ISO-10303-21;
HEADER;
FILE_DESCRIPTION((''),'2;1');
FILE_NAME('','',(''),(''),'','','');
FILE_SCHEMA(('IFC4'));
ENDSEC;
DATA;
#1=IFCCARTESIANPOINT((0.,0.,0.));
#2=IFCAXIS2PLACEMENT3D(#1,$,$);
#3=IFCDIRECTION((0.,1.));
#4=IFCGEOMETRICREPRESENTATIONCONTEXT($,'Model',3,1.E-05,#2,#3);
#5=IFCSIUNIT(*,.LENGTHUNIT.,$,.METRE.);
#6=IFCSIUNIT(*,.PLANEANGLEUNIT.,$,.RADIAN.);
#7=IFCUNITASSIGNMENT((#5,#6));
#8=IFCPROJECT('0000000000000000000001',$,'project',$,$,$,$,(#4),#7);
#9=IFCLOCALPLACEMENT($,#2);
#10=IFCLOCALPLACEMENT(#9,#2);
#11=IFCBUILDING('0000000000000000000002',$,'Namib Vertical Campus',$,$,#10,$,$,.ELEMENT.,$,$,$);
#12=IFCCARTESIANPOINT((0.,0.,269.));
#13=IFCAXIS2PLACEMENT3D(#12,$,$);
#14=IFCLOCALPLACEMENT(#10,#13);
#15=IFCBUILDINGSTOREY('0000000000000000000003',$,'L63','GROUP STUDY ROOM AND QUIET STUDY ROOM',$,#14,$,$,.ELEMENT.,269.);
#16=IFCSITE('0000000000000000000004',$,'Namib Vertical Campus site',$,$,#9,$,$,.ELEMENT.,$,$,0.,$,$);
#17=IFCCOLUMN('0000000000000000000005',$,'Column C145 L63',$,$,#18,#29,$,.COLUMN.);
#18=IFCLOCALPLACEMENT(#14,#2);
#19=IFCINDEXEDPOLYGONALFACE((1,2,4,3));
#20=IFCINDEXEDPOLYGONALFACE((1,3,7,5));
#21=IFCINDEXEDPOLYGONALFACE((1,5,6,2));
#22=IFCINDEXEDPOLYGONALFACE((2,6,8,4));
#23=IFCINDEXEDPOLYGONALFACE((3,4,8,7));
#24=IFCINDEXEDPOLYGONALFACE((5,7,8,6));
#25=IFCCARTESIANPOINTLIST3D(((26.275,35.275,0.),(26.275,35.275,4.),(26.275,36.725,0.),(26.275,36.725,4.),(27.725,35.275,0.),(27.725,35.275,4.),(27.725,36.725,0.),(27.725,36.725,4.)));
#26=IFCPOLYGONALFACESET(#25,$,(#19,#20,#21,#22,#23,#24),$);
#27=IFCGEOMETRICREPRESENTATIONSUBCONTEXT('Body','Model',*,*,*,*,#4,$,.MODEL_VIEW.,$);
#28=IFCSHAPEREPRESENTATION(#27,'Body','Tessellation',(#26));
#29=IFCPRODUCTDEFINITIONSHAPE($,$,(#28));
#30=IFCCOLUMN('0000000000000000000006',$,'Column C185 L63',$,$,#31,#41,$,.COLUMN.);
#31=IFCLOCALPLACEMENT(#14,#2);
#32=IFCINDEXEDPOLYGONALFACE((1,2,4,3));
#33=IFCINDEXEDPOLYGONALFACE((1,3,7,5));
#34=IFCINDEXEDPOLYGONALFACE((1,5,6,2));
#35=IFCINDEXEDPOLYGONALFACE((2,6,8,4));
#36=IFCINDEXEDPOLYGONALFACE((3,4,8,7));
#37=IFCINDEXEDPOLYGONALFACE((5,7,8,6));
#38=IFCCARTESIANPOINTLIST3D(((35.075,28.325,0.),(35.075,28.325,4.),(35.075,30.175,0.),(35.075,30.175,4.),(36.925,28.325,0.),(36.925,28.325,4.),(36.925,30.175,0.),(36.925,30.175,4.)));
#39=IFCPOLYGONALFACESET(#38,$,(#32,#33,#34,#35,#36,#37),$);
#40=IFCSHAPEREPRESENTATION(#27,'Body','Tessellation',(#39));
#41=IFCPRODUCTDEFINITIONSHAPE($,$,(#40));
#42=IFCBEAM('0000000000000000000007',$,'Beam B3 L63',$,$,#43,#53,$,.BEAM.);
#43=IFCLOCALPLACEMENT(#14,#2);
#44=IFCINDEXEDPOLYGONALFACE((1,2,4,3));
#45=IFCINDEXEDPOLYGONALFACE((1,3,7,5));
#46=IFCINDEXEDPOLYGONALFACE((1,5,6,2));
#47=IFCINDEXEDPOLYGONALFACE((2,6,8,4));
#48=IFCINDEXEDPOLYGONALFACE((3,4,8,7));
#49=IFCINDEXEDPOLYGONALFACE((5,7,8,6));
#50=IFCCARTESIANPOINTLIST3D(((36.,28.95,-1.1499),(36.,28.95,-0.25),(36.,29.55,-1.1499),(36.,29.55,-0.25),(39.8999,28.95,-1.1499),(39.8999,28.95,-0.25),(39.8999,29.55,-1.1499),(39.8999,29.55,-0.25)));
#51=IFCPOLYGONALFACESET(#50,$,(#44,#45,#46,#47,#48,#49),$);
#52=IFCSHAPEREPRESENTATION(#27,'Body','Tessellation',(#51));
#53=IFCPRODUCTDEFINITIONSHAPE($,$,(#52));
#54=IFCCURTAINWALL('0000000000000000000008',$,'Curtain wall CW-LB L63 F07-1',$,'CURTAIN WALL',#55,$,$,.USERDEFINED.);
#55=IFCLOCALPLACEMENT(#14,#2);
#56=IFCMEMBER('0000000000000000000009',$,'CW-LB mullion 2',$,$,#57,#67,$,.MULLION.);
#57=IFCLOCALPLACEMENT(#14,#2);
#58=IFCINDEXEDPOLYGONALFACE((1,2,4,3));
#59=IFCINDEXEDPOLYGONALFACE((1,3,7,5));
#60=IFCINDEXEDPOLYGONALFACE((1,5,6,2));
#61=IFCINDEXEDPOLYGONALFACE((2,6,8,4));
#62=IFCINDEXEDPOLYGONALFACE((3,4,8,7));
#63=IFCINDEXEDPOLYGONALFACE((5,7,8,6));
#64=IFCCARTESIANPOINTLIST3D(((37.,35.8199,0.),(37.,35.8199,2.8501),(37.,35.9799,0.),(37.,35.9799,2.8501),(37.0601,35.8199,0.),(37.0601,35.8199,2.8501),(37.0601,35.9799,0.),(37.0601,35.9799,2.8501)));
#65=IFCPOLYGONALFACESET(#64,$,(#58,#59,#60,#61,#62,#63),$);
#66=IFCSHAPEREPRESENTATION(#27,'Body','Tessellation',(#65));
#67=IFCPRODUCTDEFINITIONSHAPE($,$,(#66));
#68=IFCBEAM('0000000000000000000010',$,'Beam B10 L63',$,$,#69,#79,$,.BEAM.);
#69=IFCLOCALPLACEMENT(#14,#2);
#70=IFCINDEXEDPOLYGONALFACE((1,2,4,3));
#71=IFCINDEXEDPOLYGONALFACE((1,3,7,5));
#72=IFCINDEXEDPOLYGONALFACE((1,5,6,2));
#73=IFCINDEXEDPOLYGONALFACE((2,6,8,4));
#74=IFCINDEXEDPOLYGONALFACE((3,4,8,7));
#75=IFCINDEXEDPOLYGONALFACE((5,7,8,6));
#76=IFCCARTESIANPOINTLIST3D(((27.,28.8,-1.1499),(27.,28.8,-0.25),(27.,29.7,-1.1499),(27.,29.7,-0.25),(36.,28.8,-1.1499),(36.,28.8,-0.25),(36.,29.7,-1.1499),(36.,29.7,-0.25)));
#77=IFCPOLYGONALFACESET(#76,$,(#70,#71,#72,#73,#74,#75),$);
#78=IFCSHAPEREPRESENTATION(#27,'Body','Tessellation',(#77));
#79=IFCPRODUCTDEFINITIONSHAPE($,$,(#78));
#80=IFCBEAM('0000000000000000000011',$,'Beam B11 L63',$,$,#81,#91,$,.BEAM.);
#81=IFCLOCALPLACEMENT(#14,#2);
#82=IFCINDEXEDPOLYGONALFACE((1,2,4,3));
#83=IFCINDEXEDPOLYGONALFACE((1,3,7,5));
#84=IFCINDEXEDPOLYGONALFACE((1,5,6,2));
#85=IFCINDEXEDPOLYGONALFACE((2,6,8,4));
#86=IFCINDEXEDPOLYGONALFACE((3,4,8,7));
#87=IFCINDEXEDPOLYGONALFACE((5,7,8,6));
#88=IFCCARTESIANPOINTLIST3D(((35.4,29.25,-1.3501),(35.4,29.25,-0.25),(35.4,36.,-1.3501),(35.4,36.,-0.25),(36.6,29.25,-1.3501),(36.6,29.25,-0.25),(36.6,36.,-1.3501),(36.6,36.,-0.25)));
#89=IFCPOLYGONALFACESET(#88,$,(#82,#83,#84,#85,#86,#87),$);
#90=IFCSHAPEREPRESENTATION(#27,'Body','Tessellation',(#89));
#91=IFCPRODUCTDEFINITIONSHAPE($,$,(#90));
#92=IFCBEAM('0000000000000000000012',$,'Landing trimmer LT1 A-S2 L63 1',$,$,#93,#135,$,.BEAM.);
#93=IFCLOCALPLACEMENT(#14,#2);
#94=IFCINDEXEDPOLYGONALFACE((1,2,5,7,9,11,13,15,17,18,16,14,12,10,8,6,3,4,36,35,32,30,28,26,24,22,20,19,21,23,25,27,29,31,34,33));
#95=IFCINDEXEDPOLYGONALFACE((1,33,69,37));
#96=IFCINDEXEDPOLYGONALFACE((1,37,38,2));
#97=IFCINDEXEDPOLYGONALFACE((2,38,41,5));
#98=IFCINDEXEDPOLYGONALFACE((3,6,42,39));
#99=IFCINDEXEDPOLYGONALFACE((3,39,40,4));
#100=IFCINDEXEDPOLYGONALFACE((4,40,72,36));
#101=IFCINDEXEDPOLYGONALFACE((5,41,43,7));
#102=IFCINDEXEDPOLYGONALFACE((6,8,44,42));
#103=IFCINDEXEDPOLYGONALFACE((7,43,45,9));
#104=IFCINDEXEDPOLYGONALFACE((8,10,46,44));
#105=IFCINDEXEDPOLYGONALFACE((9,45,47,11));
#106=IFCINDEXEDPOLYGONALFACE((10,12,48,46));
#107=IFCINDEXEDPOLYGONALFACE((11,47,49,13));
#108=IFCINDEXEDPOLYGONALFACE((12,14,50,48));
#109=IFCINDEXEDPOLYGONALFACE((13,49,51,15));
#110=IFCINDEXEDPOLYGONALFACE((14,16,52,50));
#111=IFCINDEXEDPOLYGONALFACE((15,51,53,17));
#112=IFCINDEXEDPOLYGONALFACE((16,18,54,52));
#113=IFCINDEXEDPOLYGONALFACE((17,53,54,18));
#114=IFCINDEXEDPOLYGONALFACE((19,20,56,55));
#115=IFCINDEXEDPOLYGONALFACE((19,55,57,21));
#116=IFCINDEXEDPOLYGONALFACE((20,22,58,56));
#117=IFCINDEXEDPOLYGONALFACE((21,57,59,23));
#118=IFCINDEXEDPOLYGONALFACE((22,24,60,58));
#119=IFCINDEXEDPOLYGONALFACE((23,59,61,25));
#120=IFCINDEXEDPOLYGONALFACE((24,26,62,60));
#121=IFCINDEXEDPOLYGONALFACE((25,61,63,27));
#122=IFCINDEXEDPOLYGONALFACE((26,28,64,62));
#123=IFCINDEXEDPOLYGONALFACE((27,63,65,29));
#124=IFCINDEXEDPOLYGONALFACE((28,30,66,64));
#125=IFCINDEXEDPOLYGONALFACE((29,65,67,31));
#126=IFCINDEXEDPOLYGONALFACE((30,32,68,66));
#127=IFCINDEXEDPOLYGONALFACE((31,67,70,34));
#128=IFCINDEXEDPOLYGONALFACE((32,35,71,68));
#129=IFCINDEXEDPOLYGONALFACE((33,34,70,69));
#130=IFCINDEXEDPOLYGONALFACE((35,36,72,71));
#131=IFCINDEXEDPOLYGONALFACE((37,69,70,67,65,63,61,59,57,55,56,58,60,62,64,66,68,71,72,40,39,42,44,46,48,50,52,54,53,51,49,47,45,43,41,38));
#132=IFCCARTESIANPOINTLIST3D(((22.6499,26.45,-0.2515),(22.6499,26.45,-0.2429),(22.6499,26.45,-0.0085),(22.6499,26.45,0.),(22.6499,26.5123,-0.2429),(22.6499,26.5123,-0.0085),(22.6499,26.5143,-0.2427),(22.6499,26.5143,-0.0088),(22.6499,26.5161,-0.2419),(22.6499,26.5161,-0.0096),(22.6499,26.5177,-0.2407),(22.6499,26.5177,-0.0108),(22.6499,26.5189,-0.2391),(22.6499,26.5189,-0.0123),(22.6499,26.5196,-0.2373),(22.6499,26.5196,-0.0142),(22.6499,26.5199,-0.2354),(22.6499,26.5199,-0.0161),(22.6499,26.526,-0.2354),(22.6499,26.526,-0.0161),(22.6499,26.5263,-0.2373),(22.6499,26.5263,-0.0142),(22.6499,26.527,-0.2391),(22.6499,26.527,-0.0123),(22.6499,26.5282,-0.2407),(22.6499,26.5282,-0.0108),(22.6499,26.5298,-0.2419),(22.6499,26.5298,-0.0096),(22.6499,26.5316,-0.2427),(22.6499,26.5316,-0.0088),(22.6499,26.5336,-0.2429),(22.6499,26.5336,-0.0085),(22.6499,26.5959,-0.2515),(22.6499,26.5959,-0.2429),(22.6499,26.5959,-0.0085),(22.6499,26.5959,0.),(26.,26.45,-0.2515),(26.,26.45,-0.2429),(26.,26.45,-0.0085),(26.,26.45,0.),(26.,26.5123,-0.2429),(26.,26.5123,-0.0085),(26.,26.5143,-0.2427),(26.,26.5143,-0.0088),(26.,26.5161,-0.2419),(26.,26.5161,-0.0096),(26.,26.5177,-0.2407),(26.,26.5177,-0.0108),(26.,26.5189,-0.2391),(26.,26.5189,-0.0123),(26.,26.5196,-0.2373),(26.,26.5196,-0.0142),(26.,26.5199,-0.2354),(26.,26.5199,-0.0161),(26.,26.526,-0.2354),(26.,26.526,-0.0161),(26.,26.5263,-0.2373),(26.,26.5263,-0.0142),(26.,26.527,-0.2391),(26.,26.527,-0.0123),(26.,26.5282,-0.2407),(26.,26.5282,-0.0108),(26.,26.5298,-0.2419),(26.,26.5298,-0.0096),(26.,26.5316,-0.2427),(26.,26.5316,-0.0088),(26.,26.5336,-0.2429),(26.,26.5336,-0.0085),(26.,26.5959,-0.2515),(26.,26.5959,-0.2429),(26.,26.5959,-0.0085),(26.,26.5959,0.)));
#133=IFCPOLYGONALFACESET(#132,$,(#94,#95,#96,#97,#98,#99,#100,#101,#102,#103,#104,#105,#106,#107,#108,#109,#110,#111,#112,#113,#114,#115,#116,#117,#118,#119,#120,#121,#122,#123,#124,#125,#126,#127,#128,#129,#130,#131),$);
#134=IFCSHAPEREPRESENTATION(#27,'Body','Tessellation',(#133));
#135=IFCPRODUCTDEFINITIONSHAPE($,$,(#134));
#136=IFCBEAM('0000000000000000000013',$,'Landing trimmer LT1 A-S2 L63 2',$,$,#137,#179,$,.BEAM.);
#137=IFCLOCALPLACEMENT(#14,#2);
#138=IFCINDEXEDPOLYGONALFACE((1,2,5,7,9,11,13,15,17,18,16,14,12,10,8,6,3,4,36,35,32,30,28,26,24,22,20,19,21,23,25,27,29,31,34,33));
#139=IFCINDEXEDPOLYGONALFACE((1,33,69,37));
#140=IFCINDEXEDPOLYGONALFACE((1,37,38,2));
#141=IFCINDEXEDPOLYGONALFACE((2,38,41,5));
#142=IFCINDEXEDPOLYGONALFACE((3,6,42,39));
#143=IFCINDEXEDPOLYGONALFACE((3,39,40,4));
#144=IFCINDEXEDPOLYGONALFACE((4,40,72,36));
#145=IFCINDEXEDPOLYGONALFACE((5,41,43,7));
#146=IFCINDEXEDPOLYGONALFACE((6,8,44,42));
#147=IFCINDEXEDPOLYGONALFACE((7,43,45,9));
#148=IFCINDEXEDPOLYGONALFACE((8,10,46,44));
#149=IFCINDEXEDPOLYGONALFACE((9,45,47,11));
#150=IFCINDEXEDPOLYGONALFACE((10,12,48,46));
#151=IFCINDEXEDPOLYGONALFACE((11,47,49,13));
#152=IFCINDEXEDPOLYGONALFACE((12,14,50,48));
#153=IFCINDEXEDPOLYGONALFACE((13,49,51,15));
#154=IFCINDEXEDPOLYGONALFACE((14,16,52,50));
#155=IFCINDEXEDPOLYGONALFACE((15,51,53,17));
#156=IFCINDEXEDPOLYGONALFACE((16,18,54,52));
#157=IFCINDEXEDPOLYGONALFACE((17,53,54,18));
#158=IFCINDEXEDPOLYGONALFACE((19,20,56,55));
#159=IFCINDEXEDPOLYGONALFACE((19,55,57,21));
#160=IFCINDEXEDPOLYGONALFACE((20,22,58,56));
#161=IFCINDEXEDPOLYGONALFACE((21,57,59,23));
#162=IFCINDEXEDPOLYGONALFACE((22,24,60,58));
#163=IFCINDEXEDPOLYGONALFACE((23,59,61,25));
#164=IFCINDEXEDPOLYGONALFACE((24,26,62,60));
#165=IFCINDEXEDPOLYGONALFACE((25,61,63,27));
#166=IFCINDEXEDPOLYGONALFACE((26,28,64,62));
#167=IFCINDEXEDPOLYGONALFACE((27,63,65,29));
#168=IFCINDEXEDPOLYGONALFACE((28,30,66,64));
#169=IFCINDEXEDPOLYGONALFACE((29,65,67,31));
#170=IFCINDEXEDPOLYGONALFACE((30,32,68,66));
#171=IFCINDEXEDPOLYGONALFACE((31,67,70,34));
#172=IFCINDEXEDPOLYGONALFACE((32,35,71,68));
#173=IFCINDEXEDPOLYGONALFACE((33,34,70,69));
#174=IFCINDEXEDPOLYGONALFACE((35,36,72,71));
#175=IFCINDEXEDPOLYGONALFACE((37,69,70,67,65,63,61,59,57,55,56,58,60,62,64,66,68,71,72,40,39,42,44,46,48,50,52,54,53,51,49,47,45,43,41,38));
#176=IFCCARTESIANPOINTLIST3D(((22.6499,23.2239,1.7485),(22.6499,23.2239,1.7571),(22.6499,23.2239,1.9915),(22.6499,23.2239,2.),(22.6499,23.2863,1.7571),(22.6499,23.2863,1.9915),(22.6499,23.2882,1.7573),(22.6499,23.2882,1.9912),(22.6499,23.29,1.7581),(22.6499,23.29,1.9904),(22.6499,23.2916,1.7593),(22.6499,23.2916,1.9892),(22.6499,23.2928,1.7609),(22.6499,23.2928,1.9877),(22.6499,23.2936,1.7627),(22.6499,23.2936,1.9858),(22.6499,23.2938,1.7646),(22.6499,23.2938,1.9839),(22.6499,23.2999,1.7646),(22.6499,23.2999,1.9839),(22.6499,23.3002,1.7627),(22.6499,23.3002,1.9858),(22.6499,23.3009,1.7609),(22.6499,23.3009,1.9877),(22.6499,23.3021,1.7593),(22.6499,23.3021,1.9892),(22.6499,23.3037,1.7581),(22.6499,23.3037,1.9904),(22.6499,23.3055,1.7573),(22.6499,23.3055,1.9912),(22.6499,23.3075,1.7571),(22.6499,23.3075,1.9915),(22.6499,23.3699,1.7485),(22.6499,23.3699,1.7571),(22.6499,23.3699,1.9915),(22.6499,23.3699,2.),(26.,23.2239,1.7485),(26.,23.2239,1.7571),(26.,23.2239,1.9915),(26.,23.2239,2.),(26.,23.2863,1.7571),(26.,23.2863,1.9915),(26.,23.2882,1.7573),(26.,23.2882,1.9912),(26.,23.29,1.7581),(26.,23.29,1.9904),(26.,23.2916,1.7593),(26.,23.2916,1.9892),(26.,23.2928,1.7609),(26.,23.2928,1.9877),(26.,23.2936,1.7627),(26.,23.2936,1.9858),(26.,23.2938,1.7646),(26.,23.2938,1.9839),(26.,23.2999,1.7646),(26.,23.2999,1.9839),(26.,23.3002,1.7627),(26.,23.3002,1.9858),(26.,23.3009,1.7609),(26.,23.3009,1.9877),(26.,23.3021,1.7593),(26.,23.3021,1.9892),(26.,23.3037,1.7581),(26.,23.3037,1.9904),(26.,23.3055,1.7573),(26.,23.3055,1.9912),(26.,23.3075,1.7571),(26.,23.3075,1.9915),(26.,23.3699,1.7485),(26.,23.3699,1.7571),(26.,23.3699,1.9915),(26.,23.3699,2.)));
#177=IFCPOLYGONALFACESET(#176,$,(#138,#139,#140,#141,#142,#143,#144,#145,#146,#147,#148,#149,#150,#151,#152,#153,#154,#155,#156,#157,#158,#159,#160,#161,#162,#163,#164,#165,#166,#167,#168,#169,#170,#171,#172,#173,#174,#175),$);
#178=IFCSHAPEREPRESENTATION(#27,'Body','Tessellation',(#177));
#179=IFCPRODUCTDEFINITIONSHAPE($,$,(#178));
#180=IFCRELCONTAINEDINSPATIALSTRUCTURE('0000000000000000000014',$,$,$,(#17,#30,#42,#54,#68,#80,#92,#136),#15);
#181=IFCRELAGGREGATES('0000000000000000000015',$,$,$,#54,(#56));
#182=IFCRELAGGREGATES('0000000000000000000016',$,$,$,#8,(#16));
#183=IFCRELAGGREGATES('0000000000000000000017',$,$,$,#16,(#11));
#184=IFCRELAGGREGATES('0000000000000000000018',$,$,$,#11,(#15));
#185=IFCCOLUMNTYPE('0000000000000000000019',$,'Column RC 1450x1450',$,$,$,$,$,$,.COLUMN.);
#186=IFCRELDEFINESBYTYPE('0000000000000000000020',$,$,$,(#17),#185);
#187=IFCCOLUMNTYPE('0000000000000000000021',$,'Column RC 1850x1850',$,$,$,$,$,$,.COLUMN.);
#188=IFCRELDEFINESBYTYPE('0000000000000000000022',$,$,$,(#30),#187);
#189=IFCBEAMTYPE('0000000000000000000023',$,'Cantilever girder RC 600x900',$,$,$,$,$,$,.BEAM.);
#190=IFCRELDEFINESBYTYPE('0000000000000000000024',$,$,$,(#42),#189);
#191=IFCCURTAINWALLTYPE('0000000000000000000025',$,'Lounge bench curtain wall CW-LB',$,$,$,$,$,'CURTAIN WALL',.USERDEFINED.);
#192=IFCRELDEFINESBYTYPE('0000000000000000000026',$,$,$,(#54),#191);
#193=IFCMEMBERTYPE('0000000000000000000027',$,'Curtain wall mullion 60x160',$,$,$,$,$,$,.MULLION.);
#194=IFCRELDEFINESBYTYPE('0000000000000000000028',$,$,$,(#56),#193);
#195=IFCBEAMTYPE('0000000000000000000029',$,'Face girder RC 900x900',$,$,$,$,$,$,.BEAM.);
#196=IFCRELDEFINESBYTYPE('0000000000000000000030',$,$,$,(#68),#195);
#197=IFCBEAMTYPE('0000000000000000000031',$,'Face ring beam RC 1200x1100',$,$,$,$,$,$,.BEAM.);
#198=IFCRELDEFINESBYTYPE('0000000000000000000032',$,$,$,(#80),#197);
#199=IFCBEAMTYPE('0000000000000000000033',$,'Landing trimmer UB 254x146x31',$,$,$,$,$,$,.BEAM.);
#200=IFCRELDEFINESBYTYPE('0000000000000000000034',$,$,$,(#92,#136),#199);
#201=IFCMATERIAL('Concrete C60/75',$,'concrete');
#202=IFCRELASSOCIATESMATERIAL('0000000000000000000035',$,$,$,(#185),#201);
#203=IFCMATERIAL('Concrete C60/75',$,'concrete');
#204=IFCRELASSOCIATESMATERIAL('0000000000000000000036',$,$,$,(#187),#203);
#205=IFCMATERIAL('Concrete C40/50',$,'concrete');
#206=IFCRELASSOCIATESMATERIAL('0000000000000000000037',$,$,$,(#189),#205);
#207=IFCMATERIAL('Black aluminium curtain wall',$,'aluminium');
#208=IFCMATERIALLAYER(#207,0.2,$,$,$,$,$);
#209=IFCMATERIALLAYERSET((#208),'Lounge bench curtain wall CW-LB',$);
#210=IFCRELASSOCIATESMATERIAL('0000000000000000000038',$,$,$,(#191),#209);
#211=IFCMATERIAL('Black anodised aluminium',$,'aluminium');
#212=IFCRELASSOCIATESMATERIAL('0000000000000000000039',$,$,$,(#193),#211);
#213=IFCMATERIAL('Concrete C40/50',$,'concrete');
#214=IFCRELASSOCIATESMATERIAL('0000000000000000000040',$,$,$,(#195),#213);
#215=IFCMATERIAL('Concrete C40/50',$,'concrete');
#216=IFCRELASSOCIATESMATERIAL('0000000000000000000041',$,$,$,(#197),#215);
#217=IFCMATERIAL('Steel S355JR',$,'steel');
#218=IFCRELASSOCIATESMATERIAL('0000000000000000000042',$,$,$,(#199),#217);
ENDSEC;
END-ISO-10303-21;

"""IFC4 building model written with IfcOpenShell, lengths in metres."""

from ifc_helpers import new_model, si_unit, direction, frame, origin, origin_2d, place, context, subcontext, project, spatial, rectangle, i_section, extrude, material, layer, layer_set, material_profile, profile_set, type_object, element, aggregate, save


model = new_model("IFC4")

# Units and contexts
model_context = context("Model", 3, precision=1e-05, world=origin(), true_north=direction((0.0, 1.0)))
body_context = subcontext(model_context, "Body", "Model", "MODEL_VIEW")
ifc_project = project(units=[si_unit("LENGTHUNIT", "METRE"), si_unit("PLANEANGLEUNIT", "RADIAN")], contexts=[model_context])

# Site, building, storey
site_placement = place(None, origin())
site = spatial("IfcSite", under=ifc_project, at=site_placement, Name="Namib Vertical Campus site", CompositionType="ELEMENT", RefElevation=0.0)
building_placement = place(site_placement, origin())
building = spatial("IfcBuilding", under=site, at=building_placement, Name="Namib Vertical Campus", CompositionType="ELEMENT")
storey_placement = place(building_placement, frame((0.0, 0.0, 269.0)))
storey = spatial("IfcBuildingStorey", under=building, at=storey_placement, Name="L63", Description="GROUP STUDY ROOM AND QUIET STUDY ROOM", CompositionType="ELEMENT", Elevation=269.0)

# Columns
ifc_material_1 = material(Name="Concrete C60/75", Category="concrete")
ifc_material_profile_1 = material_profile(ifc_material_1, rectangle(XDim=1.45, YDim=1.45, at=origin_2d()))
ifc_profile_set_1 = profile_set([ifc_material_profile_1], Name="Concrete C60/75")
column_type_1 = type_object("IfcColumnType", Name="Column RC 1450x1450", PredefinedType="COLUMN", material=ifc_profile_set_1)
column_1_placement = place(storey_placement, frame((27.0, 36.0, 0.0), z_axis=(0.0, 0.0, 1.0), x_axis=(1.0, 0.0, 0.0)))
element("IfcColumn", 1, at=column_1_placement, inside=storey, type_object=column_type_1, Name="Column C145 L63", PredefinedType="COLUMN", context=body_context, shape_type="SweptSolid", body=[
    extrude(rectangle(XDim=1.45, YDim=1.45, at=origin_2d()), origin(), (0.0, 0.0, 1.0), 4.0),
])
ifc_material_2 = material(Name="Concrete C60/75", Category="concrete")
ifc_material_profile_2 = material_profile(ifc_material_2, rectangle(XDim=1.8501, YDim=1.8501, at=origin_2d()))
ifc_profile_set_2 = profile_set([ifc_material_profile_2], Name="Concrete C60/75")
column_type_2 = type_object("IfcColumnType", Name="Column RC 1850x1850", PredefinedType="COLUMN", material=ifc_profile_set_2)
column_2_placement = place(storey_placement, frame((36.0, 29.25, 0.0), z_axis=(0.0, 0.0, 1.0), x_axis=(1.0, 0.0, 0.0)))
element("IfcColumn", 2, at=column_2_placement, inside=storey, type_object=column_type_2, Name="Column C185 L63", PredefinedType="COLUMN", context=body_context, shape_type="SweptSolid", body=[
    extrude(rectangle(XDim=1.8501, YDim=1.8501, at=origin_2d()), origin(), (0.0, 0.0, 1.0), 4.0),
])

# Beam
ifc_material_3 = material(Name="Concrete C40/50", Category="concrete")
ifc_material_profile_3 = material_profile(ifc_material_3, rectangle(XDim=0.6001, YDim=0.8999, at=origin_2d()))
ifc_profile_set_3 = profile_set([ifc_material_profile_3], Name="Concrete C40/50")
beam_type_1 = type_object("IfcBeamType", Name="Cantilever girder RC 600x900", PredefinedType="BEAM", material=ifc_profile_set_3)
beam_1_placement = place(storey_placement, frame((36.0, 29.25, -0.7), z_axis=(1.0, 0.0, 0.0), x_axis=(0.0, 1.0, 0.0)))
element("IfcBeam", 3, at=beam_1_placement, inside=storey, type_object=beam_type_1, Name="Beam B3 L63", PredefinedType="BEAM", context=body_context, shape_type="SweptSolid", body=[
    extrude(rectangle(XDim=0.6001, YDim=0.8999, at=origin_2d()), origin(), (0.0, 0.0, 1.0), 3.8999),
])

# Curtain wall, member
ifc_material_4 = material(Name="Black aluminium curtain wall", Category="aluminium")
ifc_layer_1 = layer(ifc_material_4, 0.2)
ifc_layer_set_1 = layer_set([ifc_layer_1], Name="Lounge bench curtain wall CW-LB")
curtain_wall_type = type_object("IfcCurtainWallType", Name="Lounge bench curtain wall CW-LB", ElementType="CURTAIN WALL", PredefinedType="USERDEFINED", material=ifc_layer_set_1)
curtain_wall_placement = place(storey_placement, origin())
curtain_wall = element("IfcCurtainWall", 4, at=curtain_wall_placement, inside=storey, type_object=curtain_wall_type, Name="Curtain wall CW-LB L63 F07-1", ObjectType="CURTAIN WALL", PredefinedType="USERDEFINED")
ifc_material_5 = material(Name="Black anodised aluminium", Category="aluminium")
ifc_material_profile_4 = material_profile(ifc_material_5, rectangle(XDim=0.0601, YDim=0.1599, at=origin_2d()))
ifc_profile_set_4 = profile_set([ifc_material_profile_4], Name="Black anodised aluminium")
member_type = type_object("IfcMemberType", Name="Curtain wall mullion 60x160", PredefinedType="MULLION", material=ifc_profile_set_4)
member_placement = place(storey_placement, frame((37.03, 35.8999, 0.0), z_axis=(0.0, 0.0, 1.0), x_axis=(-1.0, 0.0, 0.0)))
member = element("IfcMember", 5, at=member_placement, type_object=member_type, Name="CW-LB mullion 2", PredefinedType="MULLION", context=body_context, shape_type="SweptSolid", body=[
    extrude(rectangle(XDim=0.0601, YDim=0.1599, at=origin_2d()), origin(), (0.0, 0.0, 1.0), 2.8501),
])
aggregate(curtain_wall, [member])

# Beams
ifc_material_6 = material(Name="Concrete C40/50", Category="concrete")
ifc_material_profile_5 = material_profile(ifc_material_6, rectangle(XDim=0.8999, YDim=0.8999, at=origin_2d()))
ifc_profile_set_5 = profile_set([ifc_material_profile_5], Name="Concrete C40/50")
beam_type_2 = type_object("IfcBeamType", Name="Face girder RC 900x900", PredefinedType="BEAM", material=ifc_profile_set_5)
beam_2_placement = place(storey_placement, frame((36.0, 29.25, -0.7), z_axis=(-1.0, 0.0, 0.0), x_axis=(0.0, -1.0, 0.0)))
element("IfcBeam", 6, at=beam_2_placement, inside=storey, type_object=beam_type_2, Name="Beam B10 L63", PredefinedType="BEAM", context=body_context, shape_type="SweptSolid", body=[
    extrude(rectangle(XDim=0.8999, YDim=0.8999, at=origin_2d()), origin(), (0.0, 0.0, 1.0), 9.0),
])
ifc_material_7 = material(Name="Concrete C40/50", Category="concrete")
ifc_material_profile_6 = material_profile(ifc_material_7, rectangle(XDim=1.2, YDim=1.1001, at=origin_2d()))
ifc_profile_set_6 = profile_set([ifc_material_profile_6], Name="Concrete C40/50")
beam_type_3 = type_object("IfcBeamType", Name="Face ring beam RC 1200x1100", PredefinedType="BEAM", material=ifc_profile_set_6)
beam_3_placement = place(storey_placement, frame((36.0, 29.25, -0.8), z_axis=(0.0, 1.0, 0.0), x_axis=(-1.0, 0.0, 0.0)))
element("IfcBeam", 7, at=beam_3_placement, inside=storey, type_object=beam_type_3, Name="Beam B11 L63", PredefinedType="BEAM", context=body_context, shape_type="SweptSolid", body=[
    extrude(rectangle(XDim=1.2, YDim=1.1001, at=origin_2d()), origin(), (0.0, 0.0, 1.0), 6.75),
])
ifc_material_8 = material(Name="Steel S355JR", Category="steel")
ifc_material_profile_7 = material_profile(ifc_material_8, i_section(OverallWidth=0.146, OverallDepth=0.2515, WebThickness=0.0061, FlangeThickness=0.0085, FilletRadius=0.0076, at=origin_2d()))
ifc_profile_set_7 = profile_set([ifc_material_profile_7], Name="Steel S355JR")
beam_type_4 = type_object("IfcBeamType", Name="Landing trimmer UB 254x146x31", PredefinedType="BEAM", material=ifc_profile_set_7)
for number, where, z_axis, x_axis, name in (
    (8, (22.6499, 26.5229, -0.1257), (1.0, 0.0, 0.0), (0.0, 1.0, 0.0), "Landing trimmer LT1 A-S2 L63 1"),
    (9, (22.6499, 23.2969, 1.8743), (1.0, 0.0, 0.0), (0.0, 1.0, 0.0), "Landing trimmer LT1 A-S2 L63 2"),
):
    element("IfcBeam", number, at=place(storey_placement, frame(where, z_axis=z_axis, x_axis=x_axis)), inside=storey, type_object=beam_type_4, Name=name, PredefinedType="BEAM", context=body_context, shape_type="SweptSolid", body=[
        extrude(i_section(OverallWidth=0.146, OverallDepth=0.2515, WebThickness=0.0061, FlangeThickness=0.0085, FilletRadius=0.0076, at=origin_2d()), origin(), (0.0, 0.0, 1.0), 3.3501),
    ])

save(model, "model.ifc")
